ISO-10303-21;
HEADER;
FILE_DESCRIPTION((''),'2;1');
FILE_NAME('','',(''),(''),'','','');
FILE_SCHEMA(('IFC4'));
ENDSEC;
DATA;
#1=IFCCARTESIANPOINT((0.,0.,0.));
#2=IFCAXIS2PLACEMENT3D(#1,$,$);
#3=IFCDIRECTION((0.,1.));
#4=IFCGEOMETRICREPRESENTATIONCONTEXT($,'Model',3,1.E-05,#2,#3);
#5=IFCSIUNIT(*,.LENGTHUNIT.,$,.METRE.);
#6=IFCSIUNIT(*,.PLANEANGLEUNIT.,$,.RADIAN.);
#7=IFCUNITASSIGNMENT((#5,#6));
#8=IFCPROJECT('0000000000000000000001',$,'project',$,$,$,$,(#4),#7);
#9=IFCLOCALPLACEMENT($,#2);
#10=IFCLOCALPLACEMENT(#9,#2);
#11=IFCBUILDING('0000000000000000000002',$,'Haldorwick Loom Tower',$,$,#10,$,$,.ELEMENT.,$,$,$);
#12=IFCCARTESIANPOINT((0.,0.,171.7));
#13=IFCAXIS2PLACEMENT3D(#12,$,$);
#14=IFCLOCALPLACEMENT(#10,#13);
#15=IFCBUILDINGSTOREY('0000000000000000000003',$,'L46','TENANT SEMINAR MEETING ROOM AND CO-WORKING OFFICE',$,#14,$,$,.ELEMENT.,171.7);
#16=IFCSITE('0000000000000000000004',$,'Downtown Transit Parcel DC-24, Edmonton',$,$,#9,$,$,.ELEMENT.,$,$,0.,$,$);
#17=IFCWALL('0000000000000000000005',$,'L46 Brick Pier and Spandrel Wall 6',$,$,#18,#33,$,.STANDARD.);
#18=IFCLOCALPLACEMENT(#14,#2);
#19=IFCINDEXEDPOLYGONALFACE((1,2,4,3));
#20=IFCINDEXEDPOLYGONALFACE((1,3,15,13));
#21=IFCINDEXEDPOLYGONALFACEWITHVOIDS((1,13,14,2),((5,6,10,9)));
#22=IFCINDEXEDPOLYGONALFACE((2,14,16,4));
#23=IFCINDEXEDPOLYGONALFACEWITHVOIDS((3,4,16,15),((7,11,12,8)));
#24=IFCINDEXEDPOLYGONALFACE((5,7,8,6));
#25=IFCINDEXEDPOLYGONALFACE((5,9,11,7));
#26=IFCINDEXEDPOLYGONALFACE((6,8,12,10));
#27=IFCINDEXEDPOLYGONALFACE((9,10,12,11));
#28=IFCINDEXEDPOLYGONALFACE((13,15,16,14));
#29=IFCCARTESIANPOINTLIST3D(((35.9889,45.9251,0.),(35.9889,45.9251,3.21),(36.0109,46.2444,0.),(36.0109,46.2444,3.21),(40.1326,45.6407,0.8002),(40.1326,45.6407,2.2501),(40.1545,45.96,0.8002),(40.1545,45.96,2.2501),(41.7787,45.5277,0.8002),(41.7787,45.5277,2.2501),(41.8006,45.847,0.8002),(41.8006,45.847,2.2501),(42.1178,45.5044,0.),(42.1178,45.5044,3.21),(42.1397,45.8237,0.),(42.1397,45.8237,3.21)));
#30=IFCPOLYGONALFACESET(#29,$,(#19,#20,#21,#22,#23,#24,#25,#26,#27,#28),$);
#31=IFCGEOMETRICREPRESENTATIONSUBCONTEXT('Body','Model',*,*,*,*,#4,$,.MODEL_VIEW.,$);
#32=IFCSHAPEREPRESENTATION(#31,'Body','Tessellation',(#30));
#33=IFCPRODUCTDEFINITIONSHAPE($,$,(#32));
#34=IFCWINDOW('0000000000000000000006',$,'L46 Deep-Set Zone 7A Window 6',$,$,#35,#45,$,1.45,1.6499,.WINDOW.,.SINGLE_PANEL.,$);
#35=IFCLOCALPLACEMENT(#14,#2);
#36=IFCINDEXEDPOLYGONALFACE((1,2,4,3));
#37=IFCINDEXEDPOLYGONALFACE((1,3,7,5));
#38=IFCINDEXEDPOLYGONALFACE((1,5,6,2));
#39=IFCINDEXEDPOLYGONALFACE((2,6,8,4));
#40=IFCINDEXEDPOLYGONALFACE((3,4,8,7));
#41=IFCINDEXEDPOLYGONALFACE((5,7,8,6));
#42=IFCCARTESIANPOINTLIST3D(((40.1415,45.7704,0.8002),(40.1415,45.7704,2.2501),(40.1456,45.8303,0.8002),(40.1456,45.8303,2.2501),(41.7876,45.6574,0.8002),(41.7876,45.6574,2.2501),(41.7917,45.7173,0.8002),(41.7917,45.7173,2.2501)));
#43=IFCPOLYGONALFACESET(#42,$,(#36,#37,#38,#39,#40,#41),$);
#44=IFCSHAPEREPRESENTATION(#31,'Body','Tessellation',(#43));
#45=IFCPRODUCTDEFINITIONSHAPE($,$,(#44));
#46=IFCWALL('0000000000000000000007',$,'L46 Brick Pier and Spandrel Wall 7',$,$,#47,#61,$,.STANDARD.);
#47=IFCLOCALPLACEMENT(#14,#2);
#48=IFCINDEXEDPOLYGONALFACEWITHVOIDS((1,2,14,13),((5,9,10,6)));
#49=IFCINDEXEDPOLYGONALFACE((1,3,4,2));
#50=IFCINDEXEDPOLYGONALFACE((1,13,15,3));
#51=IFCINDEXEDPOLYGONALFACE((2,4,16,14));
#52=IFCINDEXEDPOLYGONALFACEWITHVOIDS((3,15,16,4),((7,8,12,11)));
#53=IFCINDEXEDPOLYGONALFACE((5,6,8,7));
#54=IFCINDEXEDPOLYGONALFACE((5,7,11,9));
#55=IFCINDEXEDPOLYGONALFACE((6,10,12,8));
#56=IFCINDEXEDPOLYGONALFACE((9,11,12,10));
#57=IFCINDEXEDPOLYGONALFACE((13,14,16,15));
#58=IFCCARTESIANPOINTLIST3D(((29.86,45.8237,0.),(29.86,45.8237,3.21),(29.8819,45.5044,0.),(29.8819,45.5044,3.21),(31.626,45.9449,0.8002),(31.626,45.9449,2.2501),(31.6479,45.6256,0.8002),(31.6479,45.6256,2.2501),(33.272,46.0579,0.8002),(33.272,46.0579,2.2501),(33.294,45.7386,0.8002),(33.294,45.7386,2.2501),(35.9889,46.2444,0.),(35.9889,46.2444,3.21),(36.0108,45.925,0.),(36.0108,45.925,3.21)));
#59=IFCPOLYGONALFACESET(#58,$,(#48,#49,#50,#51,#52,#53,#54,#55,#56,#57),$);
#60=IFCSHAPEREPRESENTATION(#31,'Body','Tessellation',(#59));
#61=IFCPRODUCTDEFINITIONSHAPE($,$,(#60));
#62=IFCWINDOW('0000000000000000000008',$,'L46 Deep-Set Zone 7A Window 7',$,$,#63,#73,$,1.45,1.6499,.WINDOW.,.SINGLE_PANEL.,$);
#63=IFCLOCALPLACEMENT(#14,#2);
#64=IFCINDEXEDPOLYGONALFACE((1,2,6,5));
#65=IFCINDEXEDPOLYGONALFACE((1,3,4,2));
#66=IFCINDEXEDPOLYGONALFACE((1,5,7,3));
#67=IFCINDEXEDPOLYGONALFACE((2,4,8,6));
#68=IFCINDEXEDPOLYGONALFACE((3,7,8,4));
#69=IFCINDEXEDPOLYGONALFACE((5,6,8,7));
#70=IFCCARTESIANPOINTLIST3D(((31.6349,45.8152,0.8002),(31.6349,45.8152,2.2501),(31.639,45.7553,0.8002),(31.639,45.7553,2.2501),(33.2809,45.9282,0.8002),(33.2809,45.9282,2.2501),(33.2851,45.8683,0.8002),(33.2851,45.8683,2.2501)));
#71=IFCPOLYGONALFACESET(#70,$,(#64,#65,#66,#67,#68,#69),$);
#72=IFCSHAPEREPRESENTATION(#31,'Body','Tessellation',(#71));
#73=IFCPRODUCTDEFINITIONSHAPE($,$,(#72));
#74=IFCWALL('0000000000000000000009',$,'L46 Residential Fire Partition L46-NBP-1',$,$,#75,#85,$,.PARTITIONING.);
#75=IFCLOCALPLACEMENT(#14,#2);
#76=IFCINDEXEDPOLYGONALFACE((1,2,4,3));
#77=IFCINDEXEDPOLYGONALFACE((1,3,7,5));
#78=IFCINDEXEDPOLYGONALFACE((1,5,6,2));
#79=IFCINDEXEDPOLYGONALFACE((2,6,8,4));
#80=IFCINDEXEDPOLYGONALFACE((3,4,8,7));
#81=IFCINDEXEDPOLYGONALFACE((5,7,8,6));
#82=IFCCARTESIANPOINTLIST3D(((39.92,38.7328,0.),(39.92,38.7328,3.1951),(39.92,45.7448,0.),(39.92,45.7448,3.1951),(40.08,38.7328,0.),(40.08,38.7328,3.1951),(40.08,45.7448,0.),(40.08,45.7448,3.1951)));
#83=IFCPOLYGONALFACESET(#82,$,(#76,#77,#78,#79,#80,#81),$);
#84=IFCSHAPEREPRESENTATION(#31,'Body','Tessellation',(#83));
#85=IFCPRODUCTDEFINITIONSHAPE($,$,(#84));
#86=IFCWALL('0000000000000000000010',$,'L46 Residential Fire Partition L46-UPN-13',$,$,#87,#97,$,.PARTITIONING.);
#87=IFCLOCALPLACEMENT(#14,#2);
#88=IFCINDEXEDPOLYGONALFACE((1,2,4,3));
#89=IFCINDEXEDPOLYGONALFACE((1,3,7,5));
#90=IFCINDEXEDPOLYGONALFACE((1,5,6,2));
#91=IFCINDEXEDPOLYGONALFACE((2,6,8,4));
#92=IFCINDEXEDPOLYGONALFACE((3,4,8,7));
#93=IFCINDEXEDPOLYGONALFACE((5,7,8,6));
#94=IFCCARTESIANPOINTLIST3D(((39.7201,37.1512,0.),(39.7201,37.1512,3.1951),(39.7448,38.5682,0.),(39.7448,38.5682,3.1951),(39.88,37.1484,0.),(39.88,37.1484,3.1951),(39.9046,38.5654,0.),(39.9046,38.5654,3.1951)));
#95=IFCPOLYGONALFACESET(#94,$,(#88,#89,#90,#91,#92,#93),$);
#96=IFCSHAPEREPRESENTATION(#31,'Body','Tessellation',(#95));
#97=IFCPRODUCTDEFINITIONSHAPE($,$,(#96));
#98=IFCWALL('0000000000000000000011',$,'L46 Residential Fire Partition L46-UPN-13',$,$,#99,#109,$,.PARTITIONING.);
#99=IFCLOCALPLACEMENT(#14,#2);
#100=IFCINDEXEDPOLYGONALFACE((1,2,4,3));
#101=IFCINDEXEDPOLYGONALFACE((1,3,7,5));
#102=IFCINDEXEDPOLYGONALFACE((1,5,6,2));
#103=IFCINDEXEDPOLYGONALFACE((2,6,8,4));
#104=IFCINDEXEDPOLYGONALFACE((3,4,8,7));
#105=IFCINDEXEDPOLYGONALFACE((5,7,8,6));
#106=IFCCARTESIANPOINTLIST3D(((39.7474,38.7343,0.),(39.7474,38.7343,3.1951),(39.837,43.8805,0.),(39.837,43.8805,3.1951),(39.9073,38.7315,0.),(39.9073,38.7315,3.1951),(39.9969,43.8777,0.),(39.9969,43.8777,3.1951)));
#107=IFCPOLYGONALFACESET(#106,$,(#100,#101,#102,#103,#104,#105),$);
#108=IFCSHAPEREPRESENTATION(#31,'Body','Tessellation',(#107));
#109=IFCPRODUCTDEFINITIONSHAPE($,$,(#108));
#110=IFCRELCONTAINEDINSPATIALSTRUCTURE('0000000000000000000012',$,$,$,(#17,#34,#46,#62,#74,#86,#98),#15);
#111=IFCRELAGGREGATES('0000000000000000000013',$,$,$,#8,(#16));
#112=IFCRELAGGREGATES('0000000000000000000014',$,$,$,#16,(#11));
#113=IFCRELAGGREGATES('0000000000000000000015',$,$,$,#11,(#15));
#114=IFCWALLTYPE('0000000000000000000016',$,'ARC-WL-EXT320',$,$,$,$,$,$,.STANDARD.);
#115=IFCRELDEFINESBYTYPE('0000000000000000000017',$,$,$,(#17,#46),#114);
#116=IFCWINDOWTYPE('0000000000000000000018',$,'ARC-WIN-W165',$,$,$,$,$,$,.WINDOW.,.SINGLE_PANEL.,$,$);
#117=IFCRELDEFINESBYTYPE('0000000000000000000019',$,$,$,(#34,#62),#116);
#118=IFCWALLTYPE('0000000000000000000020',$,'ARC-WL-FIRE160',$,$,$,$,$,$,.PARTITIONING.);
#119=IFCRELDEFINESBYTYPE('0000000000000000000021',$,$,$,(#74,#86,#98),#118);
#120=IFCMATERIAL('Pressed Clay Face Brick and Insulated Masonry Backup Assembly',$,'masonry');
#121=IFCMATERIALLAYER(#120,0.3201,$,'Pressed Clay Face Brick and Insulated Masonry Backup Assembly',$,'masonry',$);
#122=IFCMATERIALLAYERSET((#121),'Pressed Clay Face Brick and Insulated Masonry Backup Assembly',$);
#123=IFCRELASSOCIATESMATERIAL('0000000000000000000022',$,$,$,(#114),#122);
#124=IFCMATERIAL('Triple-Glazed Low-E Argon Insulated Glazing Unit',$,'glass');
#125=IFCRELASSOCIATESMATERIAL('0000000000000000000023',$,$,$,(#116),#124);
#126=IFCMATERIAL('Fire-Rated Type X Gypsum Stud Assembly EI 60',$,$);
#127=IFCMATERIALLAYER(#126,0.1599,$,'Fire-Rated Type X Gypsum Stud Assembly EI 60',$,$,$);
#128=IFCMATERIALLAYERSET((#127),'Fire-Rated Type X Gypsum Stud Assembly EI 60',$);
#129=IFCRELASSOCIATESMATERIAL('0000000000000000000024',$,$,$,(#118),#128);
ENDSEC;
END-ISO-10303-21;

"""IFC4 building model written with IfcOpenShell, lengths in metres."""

from ifc_helpers import new_model, si_unit, direction, frame, frame_2d, origin, place, context, subcontext, project, spatial, rectangle, extrude, material, layer, layer_set, type_object, element, fill, save


model = new_model("IFC4")

# Units and contexts
model_context = context("Model", 3, precision=1e-05, world=origin(), true_north=direction((0.0, 1.0)))
body_context = subcontext(model_context, "Body", "Model", "MODEL_VIEW")
ifc_project = project(units=[si_unit("LENGTHUNIT", "METRE"), si_unit("PLANEANGLEUNIT", "RADIAN")], contexts=[model_context])

# Site, building, storey
site_placement = place(None, origin())
site = spatial("IfcSite", under=ifc_project, at=site_placement, Name="Downtown Transit Parcel DC-24, Edmonton", CompositionType="ELEMENT", RefElevation=0.0)
building_placement = place(site_placement, origin())
building = spatial("IfcBuilding", under=site, at=building_placement, Name="Haldorwick Loom Tower", CompositionType="ELEMENT")
storey_placement = place(building_placement, frame((0.0, 0.0, 171.7)))
storey = spatial("IfcBuildingStorey", under=building, at=storey_placement, Name="L46", Description="TENANT SEMINAR MEETING ROOM AND CO-WORKING OFFICE", CompositionType="ELEMENT", Elevation=171.7)

# Walls, openings, windows
ifc_material_1 = material(Name="Pressed Clay Face Brick and Insulated Masonry Backup Assembly", Category="masonry")
ifc_layer_1 = layer(ifc_material_1, 0.3201, Name="Pressed Clay Face Brick and Insulated Masonry Backup Assembly", Category="masonry")
ifc_layer_set_1 = layer_set([ifc_layer_1], Name="Pressed Clay Face Brick and Insulated Masonry Backup Assembly")
wall_type_1 = type_object("IfcWallType", Name="ARC-WL-EXT320", PredefinedType="STANDARD", material=ifc_layer_set_1)
wall_1_placement = place(storey_placement, frame((42.1289, 45.6641, 0.0), z_axis=(0.0, 0.0, 1.0), x_axis=(-0.997653, 0.068473, 0.0)))
wall_1 = element("IfcWall", 1, at=wall_1_placement, inside=storey, type_object=wall_type_1, Name="L46 Brick Pier and Spandrel Wall 6", PredefinedType="STANDARD", context=body_context, shape_type="SweptSolid", body=[
    extrude(rectangle(XDim=6.1433, YDim=0.3201, at=frame_2d((3.0718, 0.0))), origin(), (0.0, 0.0, 1.0), 3.21),
])
opening_1_placement = place(wall_1_placement, frame((0.3401, 0.0, 0.8)))
opening_1 = element("IfcOpeningElement", 2, at=opening_1_placement, cuts=wall_1, PredefinedType="OPENING", context=body_context, shape_type="SweptSolid", body=[
    extrude(rectangle(XDim=1.6499, YDim=1.45, at=frame_2d((0.825, 0.7251))), frame((0.0, 0.1699, 0.0), z_axis=(0.0, -1.0, 0.0), x_axis=(1.0, 0.0, 0.0)), (0.0, 0.0, 1.0), 0.3401),
])
ifc_material_2 = material(Name="Triple-Glazed Low-E Argon Insulated Glazing Unit", Category="glass")
window_type = type_object("IfcWindowType", Name="ARC-WIN-W165", PartitioningType="SINGLE_PANEL", PredefinedType="WINDOW", material=ifc_material_2)
window_1_placement = place(opening_1_placement, origin())
window_1 = element("IfcWindow", 3, at=window_1_placement, inside=storey, type_object=window_type, Name="L46 Deep-Set Zone 7A Window 6", OverallHeight=1.45, OverallWidth=1.6499, PartitioningType="SINGLE_PANEL", PredefinedType="WINDOW", context=body_context, shape_type="SweptSolid", body=[
    extrude(rectangle(XDim=1.6499, YDim=1.45, at=frame_2d((0.825, 0.7251))), frame((0.0, 0.03, 0.0), z_axis=(0.0, -1.0, 0.0), x_axis=(1.0, 0.0, 0.0)), (0.0, 0.0, 1.0), 0.0601),
])
fill(opening_1, window_1)
wall_2_placement = place(storey_placement, frame((36.0, 46.0847, 0.0), z_axis=(0.0, 0.0, 1.0), x_axis=(-0.997653, -0.068473, 0.0)))
wall_2 = element("IfcWall", 4, at=wall_2_placement, inside=storey, type_object=wall_type_1, Name="L46 Brick Pier and Spandrel Wall 7", PredefinedType="STANDARD", context=body_context, shape_type="SweptSolid", body=[
    extrude(rectangle(XDim=6.1433, YDim=0.3201, at=frame_2d((3.0718, 0.0))), origin(), (0.0, 0.0, 1.0), 3.21),
])
opening_2_placement = place(wall_2_placement, frame((2.7234, 0.0, 0.8)))
opening_2 = element("IfcOpeningElement", 5, at=opening_2_placement, cuts=wall_2, PredefinedType="OPENING", context=body_context, shape_type="SweptSolid", body=[
    extrude(rectangle(XDim=1.6499, YDim=1.45, at=frame_2d((0.825, 0.7251))), frame((0.0, 0.1699, 0.0), z_axis=(0.0, -1.0, 0.0), x_axis=(1.0, 0.0, 0.0)), (0.0, 0.0, 1.0), 0.3401),
])
window_2_placement = place(opening_2_placement, origin())
window_2 = element("IfcWindow", 6, at=window_2_placement, inside=storey, type_object=window_type, Name="L46 Deep-Set Zone 7A Window 7", OverallHeight=1.45, OverallWidth=1.6499, PartitioningType="SINGLE_PANEL", PredefinedType="WINDOW", context=body_context, shape_type="SweptSolid", body=[
    extrude(rectangle(XDim=1.6499, YDim=1.45, at=frame_2d((0.825, 0.7251))), frame((0.0, 0.03, 0.0), z_axis=(0.0, -1.0, 0.0), x_axis=(1.0, 0.0, 0.0)), (0.0, 0.0, 1.0), 0.0601),
])
fill(opening_2, window_2)

# Walls
ifc_material_3 = material(Name="Fire-Rated Type X Gypsum Stud Assembly EI 60")
ifc_layer_2 = layer(ifc_material_3, 0.1599, Name="Fire-Rated Type X Gypsum Stud Assembly EI 60")
ifc_layer_set_2 = layer_set([ifc_layer_2], Name="Fire-Rated Type X Gypsum Stud Assembly EI 60")
wall_type_2 = type_object("IfcWallType", Name="ARC-WL-FIRE160", PredefinedType="PARTITIONING", material=ifc_layer_set_2)
wall_3_placement = place(storey_placement, frame((40.0, 38.7329, 0.0), z_axis=(0.0, 0.0, 1.0), x_axis=(0.0, 1.0, 0.0)))
element("IfcWall", 7, at=wall_3_placement, inside=storey, type_object=wall_type_2, Name="L46 Residential Fire Partition L46-NBP-1", PredefinedType="PARTITIONING", context=body_context, shape_type="SweptSolid", body=[
    extrude(rectangle(XDim=7.012, YDim=0.1599, at=frame_2d((3.5059, 0.0))), origin(), (0.0, 0.0, 1.0), 3.1951),
])
wall_4_placement = place(storey_placement, frame((39.8, 37.1499, 0.0), z_axis=(0.0, 0.0, 1.0), x_axis=(0.017399, 0.999849, 0.0)))
element("IfcWall", 8, at=wall_4_placement, inside=storey, type_object=wall_type_2, Name="L46 Residential Fire Partition L46-UPN-13", PredefinedType="PARTITIONING", context=body_context, shape_type="SweptSolid", body=[
    extrude(rectangle(XDim=1.4172, YDim=0.1599, at=frame_2d((0.7085, 0.0))), origin(), (0.0, 0.0, 1.0), 3.1951),
])
wall_5_placement = place(storey_placement, frame((39.8274, 38.7329, 0.0), z_axis=(0.0, 0.0, 1.0), x_axis=(0.017408, 0.999848, 0.0)))
element("IfcWall", 9, at=wall_5_placement, inside=storey, type_object=wall_type_2, Name="L46 Residential Fire Partition L46-UPN-13", PredefinedType="PARTITIONING", context=body_context, shape_type="SweptSolid", body=[
    extrude(rectangle(XDim=5.147, YDim=0.1599, at=frame_2d((2.5735, 0.0))), origin(), (0.0, 0.0, 1.0), 3.1951),
])

save(model, "model.ifc")
